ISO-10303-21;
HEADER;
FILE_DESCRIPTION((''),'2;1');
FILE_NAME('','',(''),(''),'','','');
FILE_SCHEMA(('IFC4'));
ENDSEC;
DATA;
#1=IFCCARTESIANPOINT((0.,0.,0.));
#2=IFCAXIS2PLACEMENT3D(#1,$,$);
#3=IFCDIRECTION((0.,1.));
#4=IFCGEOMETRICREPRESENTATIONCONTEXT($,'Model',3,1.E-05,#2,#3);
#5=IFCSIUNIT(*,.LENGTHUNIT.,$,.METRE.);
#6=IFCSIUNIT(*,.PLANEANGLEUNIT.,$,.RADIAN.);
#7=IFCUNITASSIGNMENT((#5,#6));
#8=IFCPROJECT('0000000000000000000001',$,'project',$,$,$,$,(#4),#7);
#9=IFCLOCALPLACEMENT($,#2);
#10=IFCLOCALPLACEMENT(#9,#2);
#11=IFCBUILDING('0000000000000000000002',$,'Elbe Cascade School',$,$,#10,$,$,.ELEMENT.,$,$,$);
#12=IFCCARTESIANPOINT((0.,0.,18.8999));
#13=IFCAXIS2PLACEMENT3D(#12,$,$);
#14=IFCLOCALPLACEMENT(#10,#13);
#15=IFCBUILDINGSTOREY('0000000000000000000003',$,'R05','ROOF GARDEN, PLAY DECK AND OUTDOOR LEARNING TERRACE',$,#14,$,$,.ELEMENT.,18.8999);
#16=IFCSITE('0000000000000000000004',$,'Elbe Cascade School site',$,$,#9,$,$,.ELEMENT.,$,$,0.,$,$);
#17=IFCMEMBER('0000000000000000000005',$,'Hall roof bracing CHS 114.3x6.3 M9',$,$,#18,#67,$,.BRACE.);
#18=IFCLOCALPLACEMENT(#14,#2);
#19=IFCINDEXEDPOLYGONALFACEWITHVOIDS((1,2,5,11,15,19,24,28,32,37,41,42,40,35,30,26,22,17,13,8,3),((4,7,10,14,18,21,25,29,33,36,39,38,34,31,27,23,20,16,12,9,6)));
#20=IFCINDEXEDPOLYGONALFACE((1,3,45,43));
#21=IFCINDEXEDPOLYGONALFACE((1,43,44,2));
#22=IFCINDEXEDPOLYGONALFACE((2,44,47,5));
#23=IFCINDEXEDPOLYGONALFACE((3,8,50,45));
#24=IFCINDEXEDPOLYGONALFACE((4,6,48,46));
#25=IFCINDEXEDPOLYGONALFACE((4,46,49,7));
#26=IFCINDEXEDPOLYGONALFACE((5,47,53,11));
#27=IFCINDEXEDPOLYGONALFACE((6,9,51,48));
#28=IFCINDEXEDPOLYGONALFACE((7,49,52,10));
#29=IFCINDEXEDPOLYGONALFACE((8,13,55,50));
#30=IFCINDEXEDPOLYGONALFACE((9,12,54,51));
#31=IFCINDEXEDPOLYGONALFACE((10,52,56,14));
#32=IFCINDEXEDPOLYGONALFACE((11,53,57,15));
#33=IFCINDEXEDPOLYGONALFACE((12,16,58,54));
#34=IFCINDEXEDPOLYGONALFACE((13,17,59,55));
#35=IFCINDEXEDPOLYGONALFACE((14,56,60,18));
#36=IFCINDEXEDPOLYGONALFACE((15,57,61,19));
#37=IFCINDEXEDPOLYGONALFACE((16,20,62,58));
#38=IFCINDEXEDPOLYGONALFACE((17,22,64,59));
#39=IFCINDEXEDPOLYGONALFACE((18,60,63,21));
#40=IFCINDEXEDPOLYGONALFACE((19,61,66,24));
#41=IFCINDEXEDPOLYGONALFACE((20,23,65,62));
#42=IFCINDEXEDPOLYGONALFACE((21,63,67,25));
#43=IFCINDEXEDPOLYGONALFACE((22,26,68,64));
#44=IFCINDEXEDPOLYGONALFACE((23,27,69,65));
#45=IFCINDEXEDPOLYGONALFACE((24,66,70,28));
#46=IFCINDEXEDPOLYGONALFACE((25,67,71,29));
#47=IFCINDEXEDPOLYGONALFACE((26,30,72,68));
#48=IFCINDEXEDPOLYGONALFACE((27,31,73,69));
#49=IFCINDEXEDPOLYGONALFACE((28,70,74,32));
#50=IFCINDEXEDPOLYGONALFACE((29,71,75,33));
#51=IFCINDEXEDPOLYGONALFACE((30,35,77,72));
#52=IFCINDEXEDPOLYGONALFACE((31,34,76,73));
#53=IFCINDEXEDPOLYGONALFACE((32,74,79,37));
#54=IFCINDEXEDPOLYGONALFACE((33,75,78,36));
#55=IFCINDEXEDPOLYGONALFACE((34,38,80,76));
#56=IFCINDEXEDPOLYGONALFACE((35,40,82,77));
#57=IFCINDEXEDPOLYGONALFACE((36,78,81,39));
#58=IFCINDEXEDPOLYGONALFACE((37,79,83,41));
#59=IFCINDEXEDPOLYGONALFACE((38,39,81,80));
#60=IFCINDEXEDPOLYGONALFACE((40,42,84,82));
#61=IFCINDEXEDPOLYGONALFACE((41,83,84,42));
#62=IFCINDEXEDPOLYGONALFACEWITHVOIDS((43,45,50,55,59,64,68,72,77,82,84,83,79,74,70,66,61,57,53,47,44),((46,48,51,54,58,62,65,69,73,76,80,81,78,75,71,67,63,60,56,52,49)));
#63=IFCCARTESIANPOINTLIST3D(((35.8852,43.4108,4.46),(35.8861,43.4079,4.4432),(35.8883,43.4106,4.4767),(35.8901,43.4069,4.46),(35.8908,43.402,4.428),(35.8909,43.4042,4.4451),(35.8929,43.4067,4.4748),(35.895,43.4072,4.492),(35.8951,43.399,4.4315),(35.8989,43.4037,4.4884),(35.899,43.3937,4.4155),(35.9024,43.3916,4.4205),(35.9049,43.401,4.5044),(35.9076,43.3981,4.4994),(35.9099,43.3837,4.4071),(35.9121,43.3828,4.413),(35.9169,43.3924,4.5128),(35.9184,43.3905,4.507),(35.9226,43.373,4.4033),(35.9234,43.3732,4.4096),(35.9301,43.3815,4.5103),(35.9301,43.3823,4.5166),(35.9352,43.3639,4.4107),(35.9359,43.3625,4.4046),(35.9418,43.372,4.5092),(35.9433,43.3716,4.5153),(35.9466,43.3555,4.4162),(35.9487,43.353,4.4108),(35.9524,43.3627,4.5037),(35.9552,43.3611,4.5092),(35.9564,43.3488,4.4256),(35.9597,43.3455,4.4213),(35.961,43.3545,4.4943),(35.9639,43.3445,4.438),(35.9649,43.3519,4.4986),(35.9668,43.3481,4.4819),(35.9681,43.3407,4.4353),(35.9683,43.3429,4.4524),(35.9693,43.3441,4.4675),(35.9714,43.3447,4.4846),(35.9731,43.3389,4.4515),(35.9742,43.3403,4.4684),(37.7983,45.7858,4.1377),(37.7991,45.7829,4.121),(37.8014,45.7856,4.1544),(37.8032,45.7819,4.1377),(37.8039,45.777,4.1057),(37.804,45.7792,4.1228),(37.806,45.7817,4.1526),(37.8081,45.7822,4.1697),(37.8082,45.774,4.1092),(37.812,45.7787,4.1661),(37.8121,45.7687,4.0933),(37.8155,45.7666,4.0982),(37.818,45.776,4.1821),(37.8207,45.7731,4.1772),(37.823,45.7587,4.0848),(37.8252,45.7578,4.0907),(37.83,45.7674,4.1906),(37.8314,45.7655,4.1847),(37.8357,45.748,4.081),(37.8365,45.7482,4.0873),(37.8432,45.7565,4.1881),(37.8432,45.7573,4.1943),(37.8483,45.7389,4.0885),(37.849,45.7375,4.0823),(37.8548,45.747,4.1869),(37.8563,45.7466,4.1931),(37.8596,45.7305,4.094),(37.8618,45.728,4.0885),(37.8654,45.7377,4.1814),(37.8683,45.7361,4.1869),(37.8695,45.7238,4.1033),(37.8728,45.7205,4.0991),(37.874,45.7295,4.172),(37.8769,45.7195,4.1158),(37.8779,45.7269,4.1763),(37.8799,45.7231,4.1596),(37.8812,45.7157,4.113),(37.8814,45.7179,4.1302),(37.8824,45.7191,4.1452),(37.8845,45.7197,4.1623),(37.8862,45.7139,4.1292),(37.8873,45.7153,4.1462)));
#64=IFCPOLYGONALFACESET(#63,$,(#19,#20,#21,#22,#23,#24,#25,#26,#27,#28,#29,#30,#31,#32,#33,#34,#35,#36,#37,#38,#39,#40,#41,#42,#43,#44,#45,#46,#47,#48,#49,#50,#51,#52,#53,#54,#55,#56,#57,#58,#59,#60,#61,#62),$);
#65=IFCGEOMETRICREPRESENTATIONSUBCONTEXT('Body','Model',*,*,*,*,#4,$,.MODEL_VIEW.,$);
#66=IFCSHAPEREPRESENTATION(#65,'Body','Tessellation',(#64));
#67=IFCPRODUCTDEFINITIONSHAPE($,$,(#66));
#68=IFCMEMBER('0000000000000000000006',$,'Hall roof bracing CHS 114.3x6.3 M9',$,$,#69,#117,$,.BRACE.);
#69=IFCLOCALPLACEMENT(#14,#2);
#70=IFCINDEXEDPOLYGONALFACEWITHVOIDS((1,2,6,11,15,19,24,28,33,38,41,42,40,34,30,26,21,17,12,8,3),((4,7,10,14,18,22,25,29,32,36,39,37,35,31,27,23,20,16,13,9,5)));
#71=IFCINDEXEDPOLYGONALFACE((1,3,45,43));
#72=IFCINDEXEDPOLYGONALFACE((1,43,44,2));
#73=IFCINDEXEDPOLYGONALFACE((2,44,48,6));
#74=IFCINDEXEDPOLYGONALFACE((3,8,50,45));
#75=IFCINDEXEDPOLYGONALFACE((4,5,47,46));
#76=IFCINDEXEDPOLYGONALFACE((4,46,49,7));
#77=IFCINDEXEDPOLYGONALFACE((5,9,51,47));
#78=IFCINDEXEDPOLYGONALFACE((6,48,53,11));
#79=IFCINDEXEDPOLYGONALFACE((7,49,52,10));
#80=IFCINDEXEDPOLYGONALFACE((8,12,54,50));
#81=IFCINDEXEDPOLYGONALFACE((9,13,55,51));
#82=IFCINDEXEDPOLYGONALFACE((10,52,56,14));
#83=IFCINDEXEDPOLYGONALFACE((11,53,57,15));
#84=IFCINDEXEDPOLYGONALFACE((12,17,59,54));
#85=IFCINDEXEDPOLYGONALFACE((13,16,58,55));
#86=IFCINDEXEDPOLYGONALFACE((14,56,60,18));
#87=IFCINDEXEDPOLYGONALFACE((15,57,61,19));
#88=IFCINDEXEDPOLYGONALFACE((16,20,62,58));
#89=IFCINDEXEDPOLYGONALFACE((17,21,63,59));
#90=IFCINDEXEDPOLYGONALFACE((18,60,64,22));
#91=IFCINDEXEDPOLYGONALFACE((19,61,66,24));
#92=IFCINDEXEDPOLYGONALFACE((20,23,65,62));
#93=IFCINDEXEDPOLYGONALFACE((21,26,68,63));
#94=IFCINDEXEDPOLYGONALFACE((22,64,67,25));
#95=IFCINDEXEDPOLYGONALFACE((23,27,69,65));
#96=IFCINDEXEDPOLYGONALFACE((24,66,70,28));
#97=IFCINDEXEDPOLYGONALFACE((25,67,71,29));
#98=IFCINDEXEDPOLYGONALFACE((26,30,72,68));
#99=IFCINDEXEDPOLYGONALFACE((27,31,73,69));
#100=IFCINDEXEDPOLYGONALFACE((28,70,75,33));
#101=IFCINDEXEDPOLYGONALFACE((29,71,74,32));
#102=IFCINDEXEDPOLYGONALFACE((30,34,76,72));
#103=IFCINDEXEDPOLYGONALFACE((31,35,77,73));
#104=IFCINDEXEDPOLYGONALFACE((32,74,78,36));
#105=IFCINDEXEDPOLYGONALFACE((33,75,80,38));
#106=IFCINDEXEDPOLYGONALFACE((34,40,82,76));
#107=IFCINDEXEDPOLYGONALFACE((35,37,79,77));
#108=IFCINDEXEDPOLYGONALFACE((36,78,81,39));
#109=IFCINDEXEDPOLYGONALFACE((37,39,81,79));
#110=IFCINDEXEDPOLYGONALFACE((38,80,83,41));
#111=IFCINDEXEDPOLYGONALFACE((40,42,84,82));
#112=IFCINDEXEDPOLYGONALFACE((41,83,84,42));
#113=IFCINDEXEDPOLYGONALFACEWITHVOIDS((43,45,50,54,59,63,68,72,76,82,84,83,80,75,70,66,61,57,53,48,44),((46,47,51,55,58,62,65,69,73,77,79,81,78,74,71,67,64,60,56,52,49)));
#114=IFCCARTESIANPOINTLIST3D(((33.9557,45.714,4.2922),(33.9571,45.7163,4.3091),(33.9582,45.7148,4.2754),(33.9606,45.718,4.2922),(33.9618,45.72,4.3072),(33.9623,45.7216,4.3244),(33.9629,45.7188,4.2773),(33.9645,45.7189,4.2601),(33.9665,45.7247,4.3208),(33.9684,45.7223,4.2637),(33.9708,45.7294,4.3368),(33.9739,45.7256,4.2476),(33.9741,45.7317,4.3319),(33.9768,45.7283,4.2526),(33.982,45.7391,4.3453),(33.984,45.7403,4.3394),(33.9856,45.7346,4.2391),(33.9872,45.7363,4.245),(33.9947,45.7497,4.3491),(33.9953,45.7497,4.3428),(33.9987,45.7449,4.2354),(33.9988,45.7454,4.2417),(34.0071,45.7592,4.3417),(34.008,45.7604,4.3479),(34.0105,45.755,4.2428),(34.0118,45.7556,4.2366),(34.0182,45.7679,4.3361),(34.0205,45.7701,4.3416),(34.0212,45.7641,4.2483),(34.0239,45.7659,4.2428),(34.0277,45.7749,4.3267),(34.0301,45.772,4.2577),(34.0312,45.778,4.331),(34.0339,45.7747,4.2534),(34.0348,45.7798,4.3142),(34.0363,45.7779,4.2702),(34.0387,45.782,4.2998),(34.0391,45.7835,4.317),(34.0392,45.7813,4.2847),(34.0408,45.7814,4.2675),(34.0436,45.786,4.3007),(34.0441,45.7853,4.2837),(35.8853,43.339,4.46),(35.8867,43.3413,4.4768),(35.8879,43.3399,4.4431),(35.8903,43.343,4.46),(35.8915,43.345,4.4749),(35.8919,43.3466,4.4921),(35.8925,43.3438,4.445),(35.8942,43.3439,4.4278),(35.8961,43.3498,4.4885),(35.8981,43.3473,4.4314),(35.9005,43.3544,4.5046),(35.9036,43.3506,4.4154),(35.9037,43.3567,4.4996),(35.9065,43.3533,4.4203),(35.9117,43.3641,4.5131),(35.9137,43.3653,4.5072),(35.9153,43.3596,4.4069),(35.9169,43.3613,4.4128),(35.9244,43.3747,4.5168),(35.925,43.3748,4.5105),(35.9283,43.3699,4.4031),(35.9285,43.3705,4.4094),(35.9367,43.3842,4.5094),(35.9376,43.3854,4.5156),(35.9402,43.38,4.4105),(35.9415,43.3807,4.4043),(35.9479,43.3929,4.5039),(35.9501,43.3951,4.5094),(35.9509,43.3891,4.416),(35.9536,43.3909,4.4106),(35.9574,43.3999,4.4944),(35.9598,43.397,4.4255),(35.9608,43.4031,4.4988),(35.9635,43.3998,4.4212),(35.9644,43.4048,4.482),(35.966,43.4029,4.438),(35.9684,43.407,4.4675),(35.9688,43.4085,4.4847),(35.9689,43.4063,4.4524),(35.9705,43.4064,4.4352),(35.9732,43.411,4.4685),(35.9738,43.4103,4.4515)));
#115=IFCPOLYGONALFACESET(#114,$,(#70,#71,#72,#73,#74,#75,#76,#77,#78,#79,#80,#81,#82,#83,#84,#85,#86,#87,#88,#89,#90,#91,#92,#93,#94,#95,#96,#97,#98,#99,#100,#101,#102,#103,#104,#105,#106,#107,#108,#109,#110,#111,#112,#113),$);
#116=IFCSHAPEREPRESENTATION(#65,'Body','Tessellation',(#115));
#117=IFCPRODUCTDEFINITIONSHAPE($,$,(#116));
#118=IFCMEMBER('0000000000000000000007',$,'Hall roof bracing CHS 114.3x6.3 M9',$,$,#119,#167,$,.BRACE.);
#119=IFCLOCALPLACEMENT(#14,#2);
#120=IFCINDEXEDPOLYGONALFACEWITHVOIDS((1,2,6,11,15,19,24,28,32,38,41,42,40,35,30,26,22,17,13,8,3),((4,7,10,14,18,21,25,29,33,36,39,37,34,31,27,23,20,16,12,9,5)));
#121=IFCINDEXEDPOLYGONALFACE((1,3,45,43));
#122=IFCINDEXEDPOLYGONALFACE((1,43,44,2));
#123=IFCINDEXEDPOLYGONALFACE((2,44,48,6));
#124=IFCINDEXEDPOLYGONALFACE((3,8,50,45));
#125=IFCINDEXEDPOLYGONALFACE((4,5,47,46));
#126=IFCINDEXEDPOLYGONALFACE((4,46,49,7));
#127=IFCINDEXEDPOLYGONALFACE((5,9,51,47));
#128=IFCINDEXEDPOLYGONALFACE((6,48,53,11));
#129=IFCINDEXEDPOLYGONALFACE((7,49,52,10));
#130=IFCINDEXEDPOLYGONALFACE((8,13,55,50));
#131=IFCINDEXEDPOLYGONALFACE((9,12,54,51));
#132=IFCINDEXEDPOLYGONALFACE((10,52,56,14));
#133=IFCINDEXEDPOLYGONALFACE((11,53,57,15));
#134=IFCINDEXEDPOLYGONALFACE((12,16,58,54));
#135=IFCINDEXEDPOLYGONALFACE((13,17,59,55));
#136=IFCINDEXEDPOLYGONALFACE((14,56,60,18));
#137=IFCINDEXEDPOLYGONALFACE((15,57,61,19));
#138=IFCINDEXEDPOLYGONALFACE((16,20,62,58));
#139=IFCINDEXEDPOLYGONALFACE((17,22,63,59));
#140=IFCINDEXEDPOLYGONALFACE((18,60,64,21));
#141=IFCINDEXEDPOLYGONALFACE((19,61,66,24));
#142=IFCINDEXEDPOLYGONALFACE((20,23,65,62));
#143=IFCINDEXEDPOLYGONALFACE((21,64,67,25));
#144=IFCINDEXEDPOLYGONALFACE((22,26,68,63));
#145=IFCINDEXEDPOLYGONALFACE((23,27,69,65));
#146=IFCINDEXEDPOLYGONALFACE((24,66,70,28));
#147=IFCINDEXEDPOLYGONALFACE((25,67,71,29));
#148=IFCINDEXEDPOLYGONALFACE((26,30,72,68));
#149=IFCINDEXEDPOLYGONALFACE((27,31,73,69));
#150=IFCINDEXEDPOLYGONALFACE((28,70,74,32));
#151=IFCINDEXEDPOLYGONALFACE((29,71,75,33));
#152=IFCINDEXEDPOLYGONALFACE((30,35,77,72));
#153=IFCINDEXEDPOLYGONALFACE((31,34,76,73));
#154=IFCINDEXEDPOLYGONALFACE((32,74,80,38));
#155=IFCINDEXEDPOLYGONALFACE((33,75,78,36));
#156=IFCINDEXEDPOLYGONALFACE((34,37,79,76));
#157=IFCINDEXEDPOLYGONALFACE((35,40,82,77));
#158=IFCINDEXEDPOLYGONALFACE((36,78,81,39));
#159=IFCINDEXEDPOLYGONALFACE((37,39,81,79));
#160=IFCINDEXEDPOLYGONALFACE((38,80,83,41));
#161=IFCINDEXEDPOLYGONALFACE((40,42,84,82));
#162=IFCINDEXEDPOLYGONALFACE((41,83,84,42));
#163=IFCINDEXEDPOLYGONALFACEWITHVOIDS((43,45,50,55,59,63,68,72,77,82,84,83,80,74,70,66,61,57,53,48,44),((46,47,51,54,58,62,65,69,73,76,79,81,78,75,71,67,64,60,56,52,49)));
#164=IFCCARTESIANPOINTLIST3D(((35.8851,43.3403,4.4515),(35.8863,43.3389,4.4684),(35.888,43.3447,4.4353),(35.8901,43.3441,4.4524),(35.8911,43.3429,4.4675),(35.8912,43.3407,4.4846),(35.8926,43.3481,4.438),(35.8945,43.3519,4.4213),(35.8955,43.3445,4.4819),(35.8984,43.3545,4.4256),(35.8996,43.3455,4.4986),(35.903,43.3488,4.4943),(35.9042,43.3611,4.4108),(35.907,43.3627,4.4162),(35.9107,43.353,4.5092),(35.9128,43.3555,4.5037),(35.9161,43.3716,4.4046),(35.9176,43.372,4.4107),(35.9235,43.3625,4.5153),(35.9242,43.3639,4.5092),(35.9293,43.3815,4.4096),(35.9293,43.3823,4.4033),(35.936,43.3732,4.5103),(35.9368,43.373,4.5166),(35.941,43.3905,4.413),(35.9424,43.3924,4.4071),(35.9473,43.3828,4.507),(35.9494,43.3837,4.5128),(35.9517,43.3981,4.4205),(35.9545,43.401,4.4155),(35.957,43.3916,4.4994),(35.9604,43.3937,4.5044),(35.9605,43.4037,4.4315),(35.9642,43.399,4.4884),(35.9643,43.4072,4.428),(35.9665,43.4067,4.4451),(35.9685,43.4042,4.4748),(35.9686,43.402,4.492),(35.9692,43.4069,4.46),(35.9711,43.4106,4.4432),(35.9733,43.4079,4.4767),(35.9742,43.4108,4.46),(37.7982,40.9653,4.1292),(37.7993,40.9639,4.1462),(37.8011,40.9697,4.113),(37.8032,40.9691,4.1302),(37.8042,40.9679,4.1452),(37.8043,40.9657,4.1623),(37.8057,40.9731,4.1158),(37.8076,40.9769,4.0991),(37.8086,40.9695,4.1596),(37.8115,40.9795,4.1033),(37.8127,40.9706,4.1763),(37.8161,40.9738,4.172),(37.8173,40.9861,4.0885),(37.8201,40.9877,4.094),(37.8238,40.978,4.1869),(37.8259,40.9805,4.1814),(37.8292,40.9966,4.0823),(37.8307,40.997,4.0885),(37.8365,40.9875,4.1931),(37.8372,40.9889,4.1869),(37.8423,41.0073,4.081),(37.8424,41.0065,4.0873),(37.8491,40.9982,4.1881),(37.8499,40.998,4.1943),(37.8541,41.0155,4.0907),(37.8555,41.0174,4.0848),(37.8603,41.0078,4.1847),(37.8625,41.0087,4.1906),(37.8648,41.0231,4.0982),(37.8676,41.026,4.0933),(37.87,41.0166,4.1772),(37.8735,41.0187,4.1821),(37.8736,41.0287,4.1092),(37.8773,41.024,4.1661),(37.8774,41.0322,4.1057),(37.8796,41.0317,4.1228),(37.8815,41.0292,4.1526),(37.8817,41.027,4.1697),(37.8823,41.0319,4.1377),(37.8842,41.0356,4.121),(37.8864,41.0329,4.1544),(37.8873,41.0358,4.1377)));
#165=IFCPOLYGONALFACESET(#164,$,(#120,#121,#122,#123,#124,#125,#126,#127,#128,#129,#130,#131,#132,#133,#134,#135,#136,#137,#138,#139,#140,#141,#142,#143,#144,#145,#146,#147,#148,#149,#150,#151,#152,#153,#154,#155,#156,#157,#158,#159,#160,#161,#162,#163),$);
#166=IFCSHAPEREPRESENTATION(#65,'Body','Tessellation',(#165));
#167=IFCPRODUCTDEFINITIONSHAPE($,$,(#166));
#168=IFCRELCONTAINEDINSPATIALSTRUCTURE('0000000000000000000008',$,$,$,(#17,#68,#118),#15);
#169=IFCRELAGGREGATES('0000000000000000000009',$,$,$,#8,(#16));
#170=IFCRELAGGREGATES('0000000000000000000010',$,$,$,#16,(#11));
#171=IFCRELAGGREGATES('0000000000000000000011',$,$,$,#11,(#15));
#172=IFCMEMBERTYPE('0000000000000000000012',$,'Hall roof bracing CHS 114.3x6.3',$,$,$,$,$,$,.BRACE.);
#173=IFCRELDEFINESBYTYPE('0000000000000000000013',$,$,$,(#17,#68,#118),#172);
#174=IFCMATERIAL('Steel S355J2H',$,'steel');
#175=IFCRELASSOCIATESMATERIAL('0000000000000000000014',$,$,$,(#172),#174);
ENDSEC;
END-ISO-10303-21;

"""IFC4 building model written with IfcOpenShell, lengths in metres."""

from ifc_helpers import new_model, si_unit, direction, frame, origin, origin_2d, place, context, subcontext, project, spatial, hollow_circle, extrude, material, material_profile, profile_set, type_object, element, save


model = new_model("IFC4")

# Units and contexts
model_context = context("Model", 3, precision=1e-05, world=origin(), true_north=direction((0.0, 1.0)))
body_context = subcontext(model_context, "Body", "Model", "MODEL_VIEW")
ifc_project = project(units=[si_unit("LENGTHUNIT", "METRE"), si_unit("PLANEANGLEUNIT", "RADIAN")], contexts=[model_context])

# Site, building, storey
site_placement = place(None, origin())
site = spatial("IfcSite", under=ifc_project, at=site_placement, Name="Elbe Cascade School site", CompositionType="ELEMENT", RefElevation=0.0)
building_placement = place(site_placement, origin())
building = spatial("IfcBuilding", under=site, at=building_placement, Name="Elbe Cascade School", CompositionType="ELEMENT")
storey_placement = place(building_placement, frame((0.0, 0.0, 18.8999)))
storey = spatial("IfcBuildingStorey", under=building, at=storey_placement, Name="R05", Description="ROOF GARDEN, PLAY DECK AND OUTDOOR LEARNING TERRACE", CompositionType="ELEMENT", Elevation=18.8999)

# Members
ifc_material_1 = material(Name="Steel S355J2H", Category="steel")
ifc_material_profile_1 = material_profile(ifc_material_1, hollow_circle(Radius=0.0571, WallThickness=0.0063, at=origin_2d()), Name="CHS 114.3x6.3")
ifc_profile_set_1 = profile_set([ifc_material_profile_1], Name="Steel S355J2H")
member_type_1 = type_object("IfcMemberType", Name="Hall roof bracing CHS 114.3x6.3", PredefinedType="BRACE", material=ifc_profile_set_1)
member_1_placement = place(storey_placement, frame((35.9297, 43.375, 4.46), z_axis=(0.623835, 0.774459, -0.105087), x_axis=(-0.778771, 0.627308, 0.0)))
element("IfcMember", 1, at=member_1_placement, inside=storey, type_object=member_type_1, Name="Hall roof bracing CHS 114.3x6.3 M9", PredefinedType="BRACE", context=body_context, shape_type="SweptSolid", body=[
    extrude(hollow_circle(Radius=0.0571, WallThickness=0.0063, at=origin_2d()), origin(), (0.0, 0.0, 1.0), 3.0667),
])
member_2_placement = place(storey_placement, frame((35.9297, 43.375, 4.46), z_axis=(-0.629648, 0.774951, -0.054728), x_axis=(-0.776114, -0.630593, 0.0)))
element("IfcMember", 2, at=member_2_placement, inside=storey, type_object=member_type_1, Name="Hall roof bracing CHS 114.3x6.3 M9", PredefinedType="BRACE", context=body_context, shape_type="SweptSolid", body=[
    extrude(hollow_circle(Radius=0.0571, WallThickness=0.0063, at=origin_2d()), origin(), (0.0, 0.0, 1.0), 3.0647),
])
member_3_placement = place(storey_placement, frame((35.9297, 43.375, 4.46), z_axis=(0.623835, -0.774459, -0.105087), x_axis=(0.778771, 0.627308, 0.0)))
element("IfcMember", 3, at=member_3_placement, inside=storey, type_object=member_type_1, Name="Hall roof bracing CHS 114.3x6.3 M9", PredefinedType="BRACE", context=body_context, shape_type="SweptSolid", body=[
    extrude(hollow_circle(Radius=0.0571, WallThickness=0.0063, at=origin_2d()), origin(), (0.0, 0.0, 1.0), 3.0667),
])

save(model, "model.ifc")
